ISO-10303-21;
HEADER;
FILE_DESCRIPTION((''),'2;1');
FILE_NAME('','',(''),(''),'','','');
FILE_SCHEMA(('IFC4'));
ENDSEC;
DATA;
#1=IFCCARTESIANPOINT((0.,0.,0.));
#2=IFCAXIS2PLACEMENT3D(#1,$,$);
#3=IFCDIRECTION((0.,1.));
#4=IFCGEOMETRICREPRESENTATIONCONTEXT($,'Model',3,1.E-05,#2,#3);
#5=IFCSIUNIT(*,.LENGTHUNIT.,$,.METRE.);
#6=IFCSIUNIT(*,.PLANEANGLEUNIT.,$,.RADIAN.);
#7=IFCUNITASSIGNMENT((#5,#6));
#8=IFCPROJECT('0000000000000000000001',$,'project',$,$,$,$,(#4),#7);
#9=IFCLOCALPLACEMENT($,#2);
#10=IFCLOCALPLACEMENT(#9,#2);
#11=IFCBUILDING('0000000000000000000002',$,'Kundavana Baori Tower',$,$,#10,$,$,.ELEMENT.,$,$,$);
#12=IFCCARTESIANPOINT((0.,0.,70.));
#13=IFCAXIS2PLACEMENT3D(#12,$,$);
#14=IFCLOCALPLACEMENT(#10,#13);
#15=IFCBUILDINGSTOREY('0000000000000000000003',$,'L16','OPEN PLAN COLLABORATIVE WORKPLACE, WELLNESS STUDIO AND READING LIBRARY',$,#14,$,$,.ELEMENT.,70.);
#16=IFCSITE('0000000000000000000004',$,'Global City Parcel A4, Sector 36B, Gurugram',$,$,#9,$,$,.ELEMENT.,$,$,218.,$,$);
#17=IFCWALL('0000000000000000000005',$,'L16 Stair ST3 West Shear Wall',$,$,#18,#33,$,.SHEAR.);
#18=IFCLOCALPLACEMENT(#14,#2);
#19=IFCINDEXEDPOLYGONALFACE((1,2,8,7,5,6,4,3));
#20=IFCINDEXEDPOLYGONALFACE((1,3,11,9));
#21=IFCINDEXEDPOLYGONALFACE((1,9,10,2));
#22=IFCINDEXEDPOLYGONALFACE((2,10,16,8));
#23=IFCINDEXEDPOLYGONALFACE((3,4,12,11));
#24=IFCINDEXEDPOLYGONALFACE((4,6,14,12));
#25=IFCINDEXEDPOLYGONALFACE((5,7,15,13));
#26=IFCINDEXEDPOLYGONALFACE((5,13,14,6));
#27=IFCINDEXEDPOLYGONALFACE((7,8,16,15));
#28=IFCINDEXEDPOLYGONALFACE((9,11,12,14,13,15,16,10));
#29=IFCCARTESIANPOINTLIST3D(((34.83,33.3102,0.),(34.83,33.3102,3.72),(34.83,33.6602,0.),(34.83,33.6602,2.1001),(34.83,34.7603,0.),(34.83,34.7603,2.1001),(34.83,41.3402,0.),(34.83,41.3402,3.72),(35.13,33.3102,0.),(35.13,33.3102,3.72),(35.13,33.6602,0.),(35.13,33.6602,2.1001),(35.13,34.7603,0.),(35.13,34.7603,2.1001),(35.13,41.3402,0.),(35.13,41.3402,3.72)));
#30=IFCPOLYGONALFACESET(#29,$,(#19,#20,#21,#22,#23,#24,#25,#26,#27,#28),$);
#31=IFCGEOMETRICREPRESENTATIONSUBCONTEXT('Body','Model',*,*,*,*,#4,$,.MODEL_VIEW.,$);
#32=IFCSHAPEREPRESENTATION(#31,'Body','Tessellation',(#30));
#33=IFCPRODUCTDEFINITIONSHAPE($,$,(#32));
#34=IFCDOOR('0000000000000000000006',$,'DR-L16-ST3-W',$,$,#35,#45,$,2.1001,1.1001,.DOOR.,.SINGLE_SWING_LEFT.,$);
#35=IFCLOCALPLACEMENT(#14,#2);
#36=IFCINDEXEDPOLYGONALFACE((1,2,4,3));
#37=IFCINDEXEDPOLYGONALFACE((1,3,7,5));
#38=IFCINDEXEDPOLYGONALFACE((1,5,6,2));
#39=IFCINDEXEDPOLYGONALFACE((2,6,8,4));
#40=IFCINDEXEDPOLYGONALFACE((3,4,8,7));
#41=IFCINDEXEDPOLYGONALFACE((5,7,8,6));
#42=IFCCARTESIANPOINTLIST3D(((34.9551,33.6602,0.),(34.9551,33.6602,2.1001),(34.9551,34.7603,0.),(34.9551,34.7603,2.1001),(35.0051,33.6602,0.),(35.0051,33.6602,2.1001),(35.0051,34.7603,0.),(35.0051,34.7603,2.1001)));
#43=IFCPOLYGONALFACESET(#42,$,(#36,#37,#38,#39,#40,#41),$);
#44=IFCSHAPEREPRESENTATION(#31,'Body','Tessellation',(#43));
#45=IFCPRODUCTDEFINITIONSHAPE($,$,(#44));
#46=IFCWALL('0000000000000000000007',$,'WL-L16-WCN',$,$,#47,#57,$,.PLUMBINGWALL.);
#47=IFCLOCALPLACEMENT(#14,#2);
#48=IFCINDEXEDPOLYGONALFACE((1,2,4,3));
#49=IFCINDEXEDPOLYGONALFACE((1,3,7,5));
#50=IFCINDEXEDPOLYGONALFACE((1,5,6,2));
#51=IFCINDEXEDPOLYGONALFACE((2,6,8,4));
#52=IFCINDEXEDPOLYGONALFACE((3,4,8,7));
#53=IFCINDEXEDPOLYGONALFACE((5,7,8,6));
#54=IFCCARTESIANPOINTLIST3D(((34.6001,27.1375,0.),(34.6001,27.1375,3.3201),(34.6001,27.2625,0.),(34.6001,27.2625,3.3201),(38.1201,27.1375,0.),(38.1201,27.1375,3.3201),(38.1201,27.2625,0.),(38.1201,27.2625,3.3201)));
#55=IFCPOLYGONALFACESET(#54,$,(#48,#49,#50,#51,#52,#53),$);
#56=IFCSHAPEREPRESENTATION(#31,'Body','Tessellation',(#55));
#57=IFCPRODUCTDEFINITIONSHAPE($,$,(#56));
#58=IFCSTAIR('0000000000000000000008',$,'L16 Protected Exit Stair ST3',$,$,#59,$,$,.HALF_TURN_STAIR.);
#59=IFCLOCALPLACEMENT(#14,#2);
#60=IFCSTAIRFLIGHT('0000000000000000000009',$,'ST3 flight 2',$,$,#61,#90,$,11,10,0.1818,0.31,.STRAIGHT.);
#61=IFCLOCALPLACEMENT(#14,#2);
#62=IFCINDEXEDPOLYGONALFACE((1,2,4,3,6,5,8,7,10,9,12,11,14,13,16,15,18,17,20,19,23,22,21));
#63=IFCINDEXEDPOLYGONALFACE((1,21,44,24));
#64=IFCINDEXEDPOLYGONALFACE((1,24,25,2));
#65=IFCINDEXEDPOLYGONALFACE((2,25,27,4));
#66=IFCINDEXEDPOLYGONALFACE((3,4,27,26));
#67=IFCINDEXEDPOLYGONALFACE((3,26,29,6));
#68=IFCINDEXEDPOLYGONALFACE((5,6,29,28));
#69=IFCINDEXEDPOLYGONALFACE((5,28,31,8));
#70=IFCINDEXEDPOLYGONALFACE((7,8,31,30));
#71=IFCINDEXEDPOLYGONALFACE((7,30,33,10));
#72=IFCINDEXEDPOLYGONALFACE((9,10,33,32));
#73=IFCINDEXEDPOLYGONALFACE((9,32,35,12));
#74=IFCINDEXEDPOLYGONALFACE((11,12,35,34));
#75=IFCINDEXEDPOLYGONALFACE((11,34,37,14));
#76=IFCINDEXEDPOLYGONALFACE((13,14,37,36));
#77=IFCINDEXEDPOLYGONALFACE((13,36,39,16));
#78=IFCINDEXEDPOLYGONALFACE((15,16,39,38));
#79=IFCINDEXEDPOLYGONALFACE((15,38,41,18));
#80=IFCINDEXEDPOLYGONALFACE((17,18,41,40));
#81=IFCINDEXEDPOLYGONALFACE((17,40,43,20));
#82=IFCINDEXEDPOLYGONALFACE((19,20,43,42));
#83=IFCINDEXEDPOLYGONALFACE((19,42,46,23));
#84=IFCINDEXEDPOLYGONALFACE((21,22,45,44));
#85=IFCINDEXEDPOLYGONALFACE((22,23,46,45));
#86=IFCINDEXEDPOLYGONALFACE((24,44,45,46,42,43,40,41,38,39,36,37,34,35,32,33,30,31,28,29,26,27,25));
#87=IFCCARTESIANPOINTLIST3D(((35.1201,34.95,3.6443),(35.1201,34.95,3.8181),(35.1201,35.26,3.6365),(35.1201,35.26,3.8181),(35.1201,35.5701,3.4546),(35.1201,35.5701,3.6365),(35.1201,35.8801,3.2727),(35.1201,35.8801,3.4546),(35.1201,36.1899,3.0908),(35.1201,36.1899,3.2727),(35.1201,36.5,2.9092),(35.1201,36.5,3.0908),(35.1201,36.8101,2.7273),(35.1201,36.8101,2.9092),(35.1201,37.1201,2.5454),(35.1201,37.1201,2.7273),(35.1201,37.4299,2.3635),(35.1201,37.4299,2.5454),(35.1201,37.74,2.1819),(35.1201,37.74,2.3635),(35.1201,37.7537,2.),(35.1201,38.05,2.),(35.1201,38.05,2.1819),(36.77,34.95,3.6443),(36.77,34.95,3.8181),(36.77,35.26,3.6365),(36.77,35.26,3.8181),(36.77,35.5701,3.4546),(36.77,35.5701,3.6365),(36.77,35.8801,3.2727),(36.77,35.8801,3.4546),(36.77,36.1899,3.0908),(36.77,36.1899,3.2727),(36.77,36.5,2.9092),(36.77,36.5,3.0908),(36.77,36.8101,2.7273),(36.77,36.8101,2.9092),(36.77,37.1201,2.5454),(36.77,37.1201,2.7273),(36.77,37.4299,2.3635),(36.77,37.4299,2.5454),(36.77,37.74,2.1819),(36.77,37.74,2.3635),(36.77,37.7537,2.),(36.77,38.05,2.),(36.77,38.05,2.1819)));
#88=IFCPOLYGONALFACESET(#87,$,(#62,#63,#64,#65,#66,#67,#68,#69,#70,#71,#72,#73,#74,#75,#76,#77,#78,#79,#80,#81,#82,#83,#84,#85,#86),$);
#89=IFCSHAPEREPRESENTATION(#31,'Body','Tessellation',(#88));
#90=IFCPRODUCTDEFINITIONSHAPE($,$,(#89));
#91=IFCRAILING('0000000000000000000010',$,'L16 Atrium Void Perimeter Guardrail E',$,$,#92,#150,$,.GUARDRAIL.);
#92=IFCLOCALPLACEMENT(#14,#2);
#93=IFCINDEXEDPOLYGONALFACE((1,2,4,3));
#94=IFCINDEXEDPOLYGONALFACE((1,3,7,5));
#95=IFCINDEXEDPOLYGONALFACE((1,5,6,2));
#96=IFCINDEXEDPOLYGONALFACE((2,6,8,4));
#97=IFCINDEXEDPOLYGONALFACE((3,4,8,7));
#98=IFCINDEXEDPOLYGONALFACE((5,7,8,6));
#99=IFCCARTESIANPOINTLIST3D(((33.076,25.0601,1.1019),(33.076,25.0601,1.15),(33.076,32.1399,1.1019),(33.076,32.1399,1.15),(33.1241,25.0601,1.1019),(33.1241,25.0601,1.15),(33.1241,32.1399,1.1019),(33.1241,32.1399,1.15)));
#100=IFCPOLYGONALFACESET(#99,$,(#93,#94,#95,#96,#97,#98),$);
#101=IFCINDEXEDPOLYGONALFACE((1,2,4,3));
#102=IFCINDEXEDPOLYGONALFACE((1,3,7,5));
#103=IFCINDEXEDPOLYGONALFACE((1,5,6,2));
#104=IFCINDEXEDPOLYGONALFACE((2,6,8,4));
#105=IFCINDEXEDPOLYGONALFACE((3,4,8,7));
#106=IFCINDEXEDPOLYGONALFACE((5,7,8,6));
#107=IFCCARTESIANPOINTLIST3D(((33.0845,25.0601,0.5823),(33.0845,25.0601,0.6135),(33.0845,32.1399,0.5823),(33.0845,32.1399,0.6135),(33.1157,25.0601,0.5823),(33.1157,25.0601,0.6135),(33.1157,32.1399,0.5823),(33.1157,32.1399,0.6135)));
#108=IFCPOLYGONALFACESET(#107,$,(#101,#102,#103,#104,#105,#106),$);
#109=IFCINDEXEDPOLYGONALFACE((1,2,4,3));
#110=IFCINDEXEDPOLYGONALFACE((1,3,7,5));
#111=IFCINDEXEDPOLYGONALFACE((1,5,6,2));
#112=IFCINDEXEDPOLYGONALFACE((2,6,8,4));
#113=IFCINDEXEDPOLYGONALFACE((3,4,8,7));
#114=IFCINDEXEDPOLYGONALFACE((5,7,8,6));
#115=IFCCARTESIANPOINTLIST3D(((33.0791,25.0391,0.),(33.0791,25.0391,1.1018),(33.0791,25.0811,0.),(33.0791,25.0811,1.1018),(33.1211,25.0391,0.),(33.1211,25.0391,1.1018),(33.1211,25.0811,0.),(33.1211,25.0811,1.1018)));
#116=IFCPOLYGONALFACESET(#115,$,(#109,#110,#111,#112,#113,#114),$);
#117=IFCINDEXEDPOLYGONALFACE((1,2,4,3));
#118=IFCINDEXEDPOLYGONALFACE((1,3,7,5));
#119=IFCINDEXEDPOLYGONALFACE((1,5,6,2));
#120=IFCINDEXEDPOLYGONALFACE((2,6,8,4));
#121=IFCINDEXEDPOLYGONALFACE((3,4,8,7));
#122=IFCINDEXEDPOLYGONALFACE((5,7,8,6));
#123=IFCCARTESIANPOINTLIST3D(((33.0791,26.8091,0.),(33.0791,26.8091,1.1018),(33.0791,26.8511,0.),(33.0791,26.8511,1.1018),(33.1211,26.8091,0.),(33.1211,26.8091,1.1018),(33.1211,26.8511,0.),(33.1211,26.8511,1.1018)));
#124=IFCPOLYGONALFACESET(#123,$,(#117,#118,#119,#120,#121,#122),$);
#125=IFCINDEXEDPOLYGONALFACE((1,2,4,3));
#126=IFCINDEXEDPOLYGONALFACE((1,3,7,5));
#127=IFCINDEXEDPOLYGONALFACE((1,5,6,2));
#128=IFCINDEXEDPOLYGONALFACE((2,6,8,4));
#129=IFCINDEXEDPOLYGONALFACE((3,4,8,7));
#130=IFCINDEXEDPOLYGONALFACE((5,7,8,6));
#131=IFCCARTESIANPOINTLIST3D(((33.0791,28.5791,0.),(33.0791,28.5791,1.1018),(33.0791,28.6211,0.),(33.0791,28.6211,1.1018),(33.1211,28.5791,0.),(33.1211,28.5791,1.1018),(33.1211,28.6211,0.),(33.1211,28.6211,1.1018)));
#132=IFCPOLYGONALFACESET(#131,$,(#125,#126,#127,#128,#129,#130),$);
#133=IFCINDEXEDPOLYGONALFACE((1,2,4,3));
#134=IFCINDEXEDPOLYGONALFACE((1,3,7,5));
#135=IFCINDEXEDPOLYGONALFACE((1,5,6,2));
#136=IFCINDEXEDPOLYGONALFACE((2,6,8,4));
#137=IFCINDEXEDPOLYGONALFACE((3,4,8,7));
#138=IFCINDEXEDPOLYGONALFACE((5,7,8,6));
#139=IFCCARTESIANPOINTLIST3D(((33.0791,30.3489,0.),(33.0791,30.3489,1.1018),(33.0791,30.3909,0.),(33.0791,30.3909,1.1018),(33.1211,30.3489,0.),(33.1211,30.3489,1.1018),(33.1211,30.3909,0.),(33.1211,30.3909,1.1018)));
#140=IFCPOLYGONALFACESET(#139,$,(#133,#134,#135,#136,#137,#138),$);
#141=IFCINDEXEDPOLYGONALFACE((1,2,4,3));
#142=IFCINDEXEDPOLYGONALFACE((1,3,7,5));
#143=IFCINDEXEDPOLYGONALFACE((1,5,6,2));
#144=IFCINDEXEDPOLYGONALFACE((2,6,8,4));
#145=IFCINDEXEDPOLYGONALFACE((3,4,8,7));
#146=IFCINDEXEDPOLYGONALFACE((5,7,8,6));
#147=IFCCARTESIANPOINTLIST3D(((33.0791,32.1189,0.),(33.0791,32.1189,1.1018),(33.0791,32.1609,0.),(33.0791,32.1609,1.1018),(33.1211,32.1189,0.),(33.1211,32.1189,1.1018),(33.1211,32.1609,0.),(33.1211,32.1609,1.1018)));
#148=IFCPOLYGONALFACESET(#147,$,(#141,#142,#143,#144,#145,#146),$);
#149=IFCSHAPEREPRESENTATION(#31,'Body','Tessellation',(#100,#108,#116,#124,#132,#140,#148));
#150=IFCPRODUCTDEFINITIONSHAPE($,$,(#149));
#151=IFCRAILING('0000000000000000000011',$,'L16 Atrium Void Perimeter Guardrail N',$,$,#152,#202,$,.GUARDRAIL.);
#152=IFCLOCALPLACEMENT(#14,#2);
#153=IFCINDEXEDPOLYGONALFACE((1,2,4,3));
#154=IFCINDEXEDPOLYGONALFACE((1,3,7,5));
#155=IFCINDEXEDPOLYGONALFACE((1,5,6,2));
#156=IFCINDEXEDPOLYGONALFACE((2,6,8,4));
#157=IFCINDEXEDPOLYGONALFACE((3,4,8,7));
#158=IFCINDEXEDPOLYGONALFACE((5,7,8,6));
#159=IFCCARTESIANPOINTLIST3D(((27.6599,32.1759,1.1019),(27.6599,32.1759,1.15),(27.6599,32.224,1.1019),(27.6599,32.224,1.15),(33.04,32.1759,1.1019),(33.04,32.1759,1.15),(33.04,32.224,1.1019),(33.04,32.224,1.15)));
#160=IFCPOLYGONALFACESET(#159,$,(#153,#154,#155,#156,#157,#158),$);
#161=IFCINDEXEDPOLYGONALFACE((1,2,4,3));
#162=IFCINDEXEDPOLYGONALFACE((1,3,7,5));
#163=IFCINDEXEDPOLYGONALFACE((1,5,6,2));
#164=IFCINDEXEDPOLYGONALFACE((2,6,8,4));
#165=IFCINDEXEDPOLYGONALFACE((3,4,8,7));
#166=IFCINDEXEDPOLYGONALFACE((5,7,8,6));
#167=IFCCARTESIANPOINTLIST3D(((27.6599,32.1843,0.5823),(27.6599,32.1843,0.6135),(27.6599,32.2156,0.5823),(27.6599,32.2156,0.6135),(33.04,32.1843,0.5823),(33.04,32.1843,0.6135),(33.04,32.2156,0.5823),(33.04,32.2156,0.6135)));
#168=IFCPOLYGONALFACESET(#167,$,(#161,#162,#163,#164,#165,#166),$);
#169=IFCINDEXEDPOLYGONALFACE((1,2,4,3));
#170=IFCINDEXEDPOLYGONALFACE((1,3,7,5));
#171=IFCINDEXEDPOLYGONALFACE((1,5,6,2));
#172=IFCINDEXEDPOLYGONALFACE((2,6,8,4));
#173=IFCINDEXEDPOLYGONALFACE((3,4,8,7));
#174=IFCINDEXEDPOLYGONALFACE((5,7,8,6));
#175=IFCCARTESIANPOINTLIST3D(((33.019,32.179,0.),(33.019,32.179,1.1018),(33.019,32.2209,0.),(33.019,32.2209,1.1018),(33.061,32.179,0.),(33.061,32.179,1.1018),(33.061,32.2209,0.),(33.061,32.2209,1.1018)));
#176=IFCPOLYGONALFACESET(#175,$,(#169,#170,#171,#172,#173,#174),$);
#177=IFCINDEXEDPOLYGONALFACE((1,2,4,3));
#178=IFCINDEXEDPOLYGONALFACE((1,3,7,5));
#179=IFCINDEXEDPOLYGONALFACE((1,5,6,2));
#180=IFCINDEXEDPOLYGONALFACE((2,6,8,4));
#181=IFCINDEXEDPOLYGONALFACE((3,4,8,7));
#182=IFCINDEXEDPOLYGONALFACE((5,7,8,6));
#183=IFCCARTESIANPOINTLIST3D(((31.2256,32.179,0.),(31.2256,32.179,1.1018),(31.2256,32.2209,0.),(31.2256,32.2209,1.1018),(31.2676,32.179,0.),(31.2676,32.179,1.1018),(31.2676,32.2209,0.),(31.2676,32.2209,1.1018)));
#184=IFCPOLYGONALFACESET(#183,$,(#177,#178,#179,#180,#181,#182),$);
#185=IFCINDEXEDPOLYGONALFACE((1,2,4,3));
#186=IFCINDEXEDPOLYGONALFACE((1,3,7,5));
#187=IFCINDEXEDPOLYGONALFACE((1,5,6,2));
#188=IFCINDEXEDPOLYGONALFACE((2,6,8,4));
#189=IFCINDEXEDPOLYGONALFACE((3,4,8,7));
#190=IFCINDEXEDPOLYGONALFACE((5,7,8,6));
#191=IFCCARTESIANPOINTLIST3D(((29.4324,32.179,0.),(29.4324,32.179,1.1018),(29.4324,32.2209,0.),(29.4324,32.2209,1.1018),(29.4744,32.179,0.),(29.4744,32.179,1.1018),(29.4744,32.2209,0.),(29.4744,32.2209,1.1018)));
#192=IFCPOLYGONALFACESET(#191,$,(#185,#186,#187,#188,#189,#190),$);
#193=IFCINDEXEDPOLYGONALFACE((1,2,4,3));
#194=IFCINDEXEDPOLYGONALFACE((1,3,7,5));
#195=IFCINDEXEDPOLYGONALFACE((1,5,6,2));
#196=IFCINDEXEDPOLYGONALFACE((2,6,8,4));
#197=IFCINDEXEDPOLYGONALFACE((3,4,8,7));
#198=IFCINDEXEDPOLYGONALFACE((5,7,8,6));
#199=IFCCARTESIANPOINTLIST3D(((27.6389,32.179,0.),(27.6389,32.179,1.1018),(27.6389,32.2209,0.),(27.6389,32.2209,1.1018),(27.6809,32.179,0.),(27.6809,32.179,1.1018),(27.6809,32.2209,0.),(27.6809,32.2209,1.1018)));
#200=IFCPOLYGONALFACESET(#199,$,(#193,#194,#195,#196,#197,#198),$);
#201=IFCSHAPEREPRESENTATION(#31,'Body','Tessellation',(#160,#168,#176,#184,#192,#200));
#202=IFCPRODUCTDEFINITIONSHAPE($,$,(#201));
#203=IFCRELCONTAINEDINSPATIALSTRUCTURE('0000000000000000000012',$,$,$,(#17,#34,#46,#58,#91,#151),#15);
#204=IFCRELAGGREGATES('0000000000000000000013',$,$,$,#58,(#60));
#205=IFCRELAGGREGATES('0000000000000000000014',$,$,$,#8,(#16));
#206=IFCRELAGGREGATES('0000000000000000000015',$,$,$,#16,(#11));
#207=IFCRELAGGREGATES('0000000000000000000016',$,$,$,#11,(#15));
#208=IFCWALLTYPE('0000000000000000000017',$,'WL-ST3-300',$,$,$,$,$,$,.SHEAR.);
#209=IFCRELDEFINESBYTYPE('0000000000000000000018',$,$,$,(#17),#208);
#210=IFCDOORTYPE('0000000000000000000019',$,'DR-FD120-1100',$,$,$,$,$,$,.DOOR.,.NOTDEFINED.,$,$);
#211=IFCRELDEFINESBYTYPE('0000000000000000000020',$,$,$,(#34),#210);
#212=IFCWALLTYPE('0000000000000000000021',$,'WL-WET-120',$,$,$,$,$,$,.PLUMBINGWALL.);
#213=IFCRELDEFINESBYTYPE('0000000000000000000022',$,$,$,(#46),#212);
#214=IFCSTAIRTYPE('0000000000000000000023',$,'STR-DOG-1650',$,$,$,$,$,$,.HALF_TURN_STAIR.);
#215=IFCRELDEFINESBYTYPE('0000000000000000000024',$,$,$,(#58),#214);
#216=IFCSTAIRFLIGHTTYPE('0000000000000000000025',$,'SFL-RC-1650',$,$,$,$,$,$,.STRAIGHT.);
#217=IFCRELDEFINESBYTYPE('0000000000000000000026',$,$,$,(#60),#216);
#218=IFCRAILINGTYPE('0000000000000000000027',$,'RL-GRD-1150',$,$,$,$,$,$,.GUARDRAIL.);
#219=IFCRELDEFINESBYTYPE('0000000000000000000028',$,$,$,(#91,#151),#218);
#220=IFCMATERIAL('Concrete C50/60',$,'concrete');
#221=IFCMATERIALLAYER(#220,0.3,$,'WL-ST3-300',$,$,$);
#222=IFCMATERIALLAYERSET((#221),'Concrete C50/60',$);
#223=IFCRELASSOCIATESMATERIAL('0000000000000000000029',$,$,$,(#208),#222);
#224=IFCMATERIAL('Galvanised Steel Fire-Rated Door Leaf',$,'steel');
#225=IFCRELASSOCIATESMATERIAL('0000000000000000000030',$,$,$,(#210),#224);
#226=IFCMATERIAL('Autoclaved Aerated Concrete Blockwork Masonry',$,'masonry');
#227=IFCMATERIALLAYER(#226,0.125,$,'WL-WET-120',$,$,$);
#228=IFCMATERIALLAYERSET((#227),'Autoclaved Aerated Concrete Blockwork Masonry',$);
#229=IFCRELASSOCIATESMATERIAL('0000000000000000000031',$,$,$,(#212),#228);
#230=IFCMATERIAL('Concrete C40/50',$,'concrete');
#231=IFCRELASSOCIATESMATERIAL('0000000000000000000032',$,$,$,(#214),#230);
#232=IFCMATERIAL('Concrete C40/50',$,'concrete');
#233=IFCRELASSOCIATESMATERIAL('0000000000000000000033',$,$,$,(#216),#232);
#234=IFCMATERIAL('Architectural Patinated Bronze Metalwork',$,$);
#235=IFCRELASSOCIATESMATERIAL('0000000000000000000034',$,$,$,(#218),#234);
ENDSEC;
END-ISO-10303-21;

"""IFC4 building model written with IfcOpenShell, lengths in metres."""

from ifc_helpers import new_model, si_unit, direction, frame, frame_2d, origin, origin_2d, place, context, subcontext, project, spatial, polyline, rectangle, outline, extrude, material, layer, layer_set, type_object, element, fill, aggregate, save


model = new_model("IFC4")

# Units and contexts
model_context = context("Model", 3, precision=1e-05, world=origin(), true_north=direction((0.0, 1.0)))
body_context = subcontext(model_context, "Body", "Model", "MODEL_VIEW")
ifc_project = project(units=[si_unit("LENGTHUNIT", "METRE"), si_unit("PLANEANGLEUNIT", "RADIAN")], contexts=[model_context])

# Site, building, storey
site_placement = place(None, origin())
site = spatial("IfcSite", under=ifc_project, at=site_placement, Name="Global City Parcel A4, Sector 36B, Gurugram", CompositionType="ELEMENT", RefElevation=218.0)
building_placement = place(site_placement, origin())
building = spatial("IfcBuilding", under=site, at=building_placement, Name="Kundavana Baori Tower", CompositionType="ELEMENT")
storey_placement = place(building_placement, frame((0.0, 0.0, 70.0)))
storey = spatial("IfcBuildingStorey", under=building, at=storey_placement, Name="L16", Description="OPEN PLAN COLLABORATIVE WORKPLACE, WELLNESS STUDIO AND READING LIBRARY", CompositionType="ELEMENT", Elevation=70.0)

# Shared definitions
ifc_material_1 = material(Name="Concrete C50/60", Category="concrete")
ifc_layer_1 = layer(ifc_material_1, 0.3, Name="WL-ST3-300")
ifc_layer_set_1 = layer_set([ifc_layer_1], Name="Concrete C50/60")
wall_type_1 = type_object("IfcWallType", Name="WL-ST3-300", PredefinedType="SHEAR", material=ifc_layer_set_1)

# Wall, opening, door
wall_1_placement = place(storey_placement, frame((34.98, 33.3101, 0.0), z_axis=(0.0, 0.0, 1.0), x_axis=(0.0, 1.0, 0.0)))
wall_1 = element("IfcWall", 1, at=wall_1_placement, inside=storey, type_object=wall_type_1, Name="L16 Stair ST3 West Shear Wall", PredefinedType="SHEAR", context=body_context, shape_type="SweptSolid", body=[
    extrude(rectangle(XDim=8.03, YDim=0.3, at=frame_2d((4.0151, 0.0))), origin(), (0.0, 0.0, 1.0), 3.72),
])
opening_1_placement = place(wall_1_placement, frame((0.3501, 0.0, 0.0)))
opening_1 = element("IfcOpeningElement", 2, at=opening_1_placement, cuts=wall_1, PredefinedType="OPENING", context=body_context, shape_type="SweptSolid", body=[
    extrude(rectangle(XDim=1.1001, YDim=2.1001, at=frame_2d((0.55, 1.05))), frame((0.0, 0.1602, 0.0), z_axis=(0.0, -1.0, 0.0), x_axis=(1.0, 0.0, 0.0)), (0.0, 0.0, 1.0), 0.3201),
])
ifc_material_2 = material(Name="Galvanised Steel Fire-Rated Door Leaf", Category="steel")
door_type_1 = type_object("IfcDoorType", Name="DR-FD120-1100", OperationType="NOTDEFINED", PredefinedType="DOOR", material=ifc_material_2)
door_1_placement = place(opening_1_placement, origin())
door_1 = element("IfcDoor", 3, at=door_1_placement, inside=storey, type_object=door_type_1, Name="DR-L16-ST3-W", OperationType="SINGLE_SWING_LEFT", OverallHeight=2.1001, OverallWidth=1.1001, PredefinedType="DOOR", context=body_context, shape_type="SweptSolid", body=[
    extrude(rectangle(XDim=1.1001, YDim=2.1001, at=frame_2d((0.55, 1.05))), frame((0.0, 0.0249, 0.0), z_axis=(0.0, -1.0, 0.0), x_axis=(1.0, 0.0, 0.0)), (0.0, 0.0, 1.0), 0.05),
])
fill(opening_1, door_1)

# Wall
ifc_material_3 = material(Name="Autoclaved Aerated Concrete Blockwork Masonry", Category="masonry")
ifc_layer_2 = layer(ifc_material_3, 0.125, Name="WL-WET-120")
ifc_layer_set_2 = layer_set([ifc_layer_2], Name="Autoclaved Aerated Concrete Blockwork Masonry")
wall_type_2 = type_object("IfcWallType", Name="WL-WET-120", PredefinedType="PLUMBINGWALL", material=ifc_layer_set_2)
wall_2_placement = place(storey_placement, frame((34.6001, 27.2, 0.0), z_axis=(0.0, 0.0, 1.0), x_axis=(1.0, 0.0, 0.0)))
element("IfcWall", 4, at=wall_2_placement, inside=storey, type_object=wall_type_2, Name="WL-L16-WCN", PredefinedType="PLUMBINGWALL", context=body_context, shape_type="SweptSolid", body=[
    extrude(rectangle(XDim=3.52, YDim=0.125, at=frame_2d((1.76, 0.0))), origin(), (0.0, 0.0, 1.0), 3.3201),
])

# Stair, stair flight
ifc_material_4 = material(Name="Concrete C40/50", Category="concrete")
stair_type = type_object("IfcStairType", Name="STR-DOG-1650", PredefinedType="HALF_TURN_STAIR", material=ifc_material_4)
stair_placement = place(storey_placement, origin())
stair = element("IfcStair", 5, at=stair_placement, inside=storey, type_object=stair_type, Name="L16 Protected Exit Stair ST3", PredefinedType="HALF_TURN_STAIR")
ifc_material_5 = material(Name="Concrete C40/50", Category="concrete")
stair_flight_type = type_object("IfcStairFlightType", Name="SFL-RC-1650", PredefinedType="STRAIGHT", material=ifc_material_5)
stair_flight_placement = place(storey_placement, frame((35.9451, 38.05, 2.0), z_axis=(0.0, 0.0, 1.0), x_axis=(0.0, -1.0, 0.0)))
stair_flight = element("IfcStairFlight", 6, at=stair_flight_placement, type_object=stair_flight_type, Name="ST3 flight 2", NumberOfRisers=11, NumberOfTreads=10, PredefinedType="STRAIGHT", RiserHeight=0.1818, TreadLength=0.31, context=body_context, shape_type="SweptSolid", body=[
    extrude(outline(polyline([(0.0, 0.0), (0.0, 0.1819), (0.3101, 0.1819), (0.3101, 0.3635), (0.6201, 0.3635), (0.6201, 0.5454), (0.9299, 0.5454), (0.9299, 0.7273), (1.24, 0.7273), (1.24, 0.9092), (1.55, 0.9092), (1.55, 1.0908), (1.8601, 1.0908), (1.8601, 1.2727), (2.1699, 1.2727), (2.1699, 1.4546), (2.48, 1.4546), (2.48, 1.6365), (2.79, 1.6365), (2.79, 1.8181), (3.1001, 1.8181), (3.1001, 2.0), (3.1001, 1.6443), (0.2964, 0.0), (0.0, 0.0)])), frame((0.0, 0.825, 0.0), z_axis=(0.0, -1.0, 0.0), x_axis=(1.0, 0.0, 0.0)), (0.0, 0.0, 1.0), 1.6499),
])
aggregate(stair, [stair_flight])

# Railings
ifc_material_6 = material(Name="Architectural Patinated Bronze Metalwork")
railing_type_1 = type_object("IfcRailingType", Name="RL-GRD-1150", PredefinedType="GUARDRAIL", material=ifc_material_6)
railing_1_placement = place(storey_placement, frame((33.1001, 25.0601, 0.0)))
element("IfcRailing", 7, at=railing_1_placement, inside=storey, type_object=railing_type_1, Name="L16 Atrium Void Perimeter Guardrail E", PredefinedType="GUARDRAIL", context=body_context, shape_type="SweptSolid", body=[
    extrude(rectangle(XDim=0.0481, YDim=0.0481, at=origin_2d()), frame((0.0, 0.0, 1.126), z_axis=(0.0, 1.0, 0.0), x_axis=(-1.0, 0.0, 0.0)), (0.0, 0.0, 1.0), 7.0798),
    extrude(rectangle(XDim=0.0312, YDim=0.0312, at=origin_2d()), frame((0.0, 0.0, 0.5979), z_axis=(0.0, 1.0, 0.0), x_axis=(-1.0, 0.0, 0.0)), (0.0, 0.0, 1.0), 7.0798),
    extrude(rectangle(XDim=0.042, YDim=0.042, at=origin_2d()), origin(), (0.0, 0.0, 1.0), 1.1018),
    extrude(rectangle(XDim=0.042, YDim=0.042, at=origin_2d()), frame((0.0, 1.77, 0.0)), (0.0, 0.0, 1.0), 1.1018),
    extrude(rectangle(XDim=0.042, YDim=0.042, at=origin_2d()), frame((0.0, 3.54, 0.0)), (0.0, 0.0, 1.0), 1.1018),
    extrude(rectangle(XDim=0.042, YDim=0.042, at=origin_2d()), frame((0.0, 5.3098, 0.0)), (0.0, 0.0, 1.0), 1.1018),
    extrude(rectangle(XDim=0.042, YDim=0.042, at=origin_2d()), frame((0.0, 7.0798, 0.0)), (0.0, 0.0, 1.0), 1.1018),
])
railing_2_placement = place(storey_placement, frame((33.04, 32.2, 0.0)))
element("IfcRailing", 8, at=railing_2_placement, inside=storey, type_object=railing_type_1, Name="L16 Atrium Void Perimeter Guardrail N", PredefinedType="GUARDRAIL", context=body_context, shape_type="SweptSolid", body=[
    extrude(rectangle(XDim=0.0481, YDim=0.0481, at=origin_2d()), frame((0.0, 0.0, 1.126), z_axis=(-1.0, 0.0, 0.0), x_axis=(0.0, -1.0, 0.0)), (0.0, 0.0, 1.0), 5.3801),
    extrude(rectangle(XDim=0.0312, YDim=0.0312, at=origin_2d()), frame((0.0, 0.0, 0.5979), z_axis=(-1.0, 0.0, 0.0), x_axis=(0.0, -1.0, 0.0)), (0.0, 0.0, 1.0), 5.3801),
    extrude(rectangle(XDim=0.042, YDim=0.042, at=origin_2d()), origin(), (0.0, 0.0, 1.0), 1.1018),
    extrude(rectangle(XDim=0.042, YDim=0.042, at=origin_2d()), frame((-1.7935, 0.0, 0.0)), (0.0, 0.0, 1.0), 1.1018),
    extrude(rectangle(XDim=0.042, YDim=0.042, at=origin_2d()), frame((-3.5867, 0.0, 0.0)), (0.0, 0.0, 1.0), 1.1018),
    extrude(rectangle(XDim=0.042, YDim=0.042, at=origin_2d()), frame((-5.3801, 0.0, 0.0)), (0.0, 0.0, 1.0), 1.1018),
])

save(model, "model.ifc")
